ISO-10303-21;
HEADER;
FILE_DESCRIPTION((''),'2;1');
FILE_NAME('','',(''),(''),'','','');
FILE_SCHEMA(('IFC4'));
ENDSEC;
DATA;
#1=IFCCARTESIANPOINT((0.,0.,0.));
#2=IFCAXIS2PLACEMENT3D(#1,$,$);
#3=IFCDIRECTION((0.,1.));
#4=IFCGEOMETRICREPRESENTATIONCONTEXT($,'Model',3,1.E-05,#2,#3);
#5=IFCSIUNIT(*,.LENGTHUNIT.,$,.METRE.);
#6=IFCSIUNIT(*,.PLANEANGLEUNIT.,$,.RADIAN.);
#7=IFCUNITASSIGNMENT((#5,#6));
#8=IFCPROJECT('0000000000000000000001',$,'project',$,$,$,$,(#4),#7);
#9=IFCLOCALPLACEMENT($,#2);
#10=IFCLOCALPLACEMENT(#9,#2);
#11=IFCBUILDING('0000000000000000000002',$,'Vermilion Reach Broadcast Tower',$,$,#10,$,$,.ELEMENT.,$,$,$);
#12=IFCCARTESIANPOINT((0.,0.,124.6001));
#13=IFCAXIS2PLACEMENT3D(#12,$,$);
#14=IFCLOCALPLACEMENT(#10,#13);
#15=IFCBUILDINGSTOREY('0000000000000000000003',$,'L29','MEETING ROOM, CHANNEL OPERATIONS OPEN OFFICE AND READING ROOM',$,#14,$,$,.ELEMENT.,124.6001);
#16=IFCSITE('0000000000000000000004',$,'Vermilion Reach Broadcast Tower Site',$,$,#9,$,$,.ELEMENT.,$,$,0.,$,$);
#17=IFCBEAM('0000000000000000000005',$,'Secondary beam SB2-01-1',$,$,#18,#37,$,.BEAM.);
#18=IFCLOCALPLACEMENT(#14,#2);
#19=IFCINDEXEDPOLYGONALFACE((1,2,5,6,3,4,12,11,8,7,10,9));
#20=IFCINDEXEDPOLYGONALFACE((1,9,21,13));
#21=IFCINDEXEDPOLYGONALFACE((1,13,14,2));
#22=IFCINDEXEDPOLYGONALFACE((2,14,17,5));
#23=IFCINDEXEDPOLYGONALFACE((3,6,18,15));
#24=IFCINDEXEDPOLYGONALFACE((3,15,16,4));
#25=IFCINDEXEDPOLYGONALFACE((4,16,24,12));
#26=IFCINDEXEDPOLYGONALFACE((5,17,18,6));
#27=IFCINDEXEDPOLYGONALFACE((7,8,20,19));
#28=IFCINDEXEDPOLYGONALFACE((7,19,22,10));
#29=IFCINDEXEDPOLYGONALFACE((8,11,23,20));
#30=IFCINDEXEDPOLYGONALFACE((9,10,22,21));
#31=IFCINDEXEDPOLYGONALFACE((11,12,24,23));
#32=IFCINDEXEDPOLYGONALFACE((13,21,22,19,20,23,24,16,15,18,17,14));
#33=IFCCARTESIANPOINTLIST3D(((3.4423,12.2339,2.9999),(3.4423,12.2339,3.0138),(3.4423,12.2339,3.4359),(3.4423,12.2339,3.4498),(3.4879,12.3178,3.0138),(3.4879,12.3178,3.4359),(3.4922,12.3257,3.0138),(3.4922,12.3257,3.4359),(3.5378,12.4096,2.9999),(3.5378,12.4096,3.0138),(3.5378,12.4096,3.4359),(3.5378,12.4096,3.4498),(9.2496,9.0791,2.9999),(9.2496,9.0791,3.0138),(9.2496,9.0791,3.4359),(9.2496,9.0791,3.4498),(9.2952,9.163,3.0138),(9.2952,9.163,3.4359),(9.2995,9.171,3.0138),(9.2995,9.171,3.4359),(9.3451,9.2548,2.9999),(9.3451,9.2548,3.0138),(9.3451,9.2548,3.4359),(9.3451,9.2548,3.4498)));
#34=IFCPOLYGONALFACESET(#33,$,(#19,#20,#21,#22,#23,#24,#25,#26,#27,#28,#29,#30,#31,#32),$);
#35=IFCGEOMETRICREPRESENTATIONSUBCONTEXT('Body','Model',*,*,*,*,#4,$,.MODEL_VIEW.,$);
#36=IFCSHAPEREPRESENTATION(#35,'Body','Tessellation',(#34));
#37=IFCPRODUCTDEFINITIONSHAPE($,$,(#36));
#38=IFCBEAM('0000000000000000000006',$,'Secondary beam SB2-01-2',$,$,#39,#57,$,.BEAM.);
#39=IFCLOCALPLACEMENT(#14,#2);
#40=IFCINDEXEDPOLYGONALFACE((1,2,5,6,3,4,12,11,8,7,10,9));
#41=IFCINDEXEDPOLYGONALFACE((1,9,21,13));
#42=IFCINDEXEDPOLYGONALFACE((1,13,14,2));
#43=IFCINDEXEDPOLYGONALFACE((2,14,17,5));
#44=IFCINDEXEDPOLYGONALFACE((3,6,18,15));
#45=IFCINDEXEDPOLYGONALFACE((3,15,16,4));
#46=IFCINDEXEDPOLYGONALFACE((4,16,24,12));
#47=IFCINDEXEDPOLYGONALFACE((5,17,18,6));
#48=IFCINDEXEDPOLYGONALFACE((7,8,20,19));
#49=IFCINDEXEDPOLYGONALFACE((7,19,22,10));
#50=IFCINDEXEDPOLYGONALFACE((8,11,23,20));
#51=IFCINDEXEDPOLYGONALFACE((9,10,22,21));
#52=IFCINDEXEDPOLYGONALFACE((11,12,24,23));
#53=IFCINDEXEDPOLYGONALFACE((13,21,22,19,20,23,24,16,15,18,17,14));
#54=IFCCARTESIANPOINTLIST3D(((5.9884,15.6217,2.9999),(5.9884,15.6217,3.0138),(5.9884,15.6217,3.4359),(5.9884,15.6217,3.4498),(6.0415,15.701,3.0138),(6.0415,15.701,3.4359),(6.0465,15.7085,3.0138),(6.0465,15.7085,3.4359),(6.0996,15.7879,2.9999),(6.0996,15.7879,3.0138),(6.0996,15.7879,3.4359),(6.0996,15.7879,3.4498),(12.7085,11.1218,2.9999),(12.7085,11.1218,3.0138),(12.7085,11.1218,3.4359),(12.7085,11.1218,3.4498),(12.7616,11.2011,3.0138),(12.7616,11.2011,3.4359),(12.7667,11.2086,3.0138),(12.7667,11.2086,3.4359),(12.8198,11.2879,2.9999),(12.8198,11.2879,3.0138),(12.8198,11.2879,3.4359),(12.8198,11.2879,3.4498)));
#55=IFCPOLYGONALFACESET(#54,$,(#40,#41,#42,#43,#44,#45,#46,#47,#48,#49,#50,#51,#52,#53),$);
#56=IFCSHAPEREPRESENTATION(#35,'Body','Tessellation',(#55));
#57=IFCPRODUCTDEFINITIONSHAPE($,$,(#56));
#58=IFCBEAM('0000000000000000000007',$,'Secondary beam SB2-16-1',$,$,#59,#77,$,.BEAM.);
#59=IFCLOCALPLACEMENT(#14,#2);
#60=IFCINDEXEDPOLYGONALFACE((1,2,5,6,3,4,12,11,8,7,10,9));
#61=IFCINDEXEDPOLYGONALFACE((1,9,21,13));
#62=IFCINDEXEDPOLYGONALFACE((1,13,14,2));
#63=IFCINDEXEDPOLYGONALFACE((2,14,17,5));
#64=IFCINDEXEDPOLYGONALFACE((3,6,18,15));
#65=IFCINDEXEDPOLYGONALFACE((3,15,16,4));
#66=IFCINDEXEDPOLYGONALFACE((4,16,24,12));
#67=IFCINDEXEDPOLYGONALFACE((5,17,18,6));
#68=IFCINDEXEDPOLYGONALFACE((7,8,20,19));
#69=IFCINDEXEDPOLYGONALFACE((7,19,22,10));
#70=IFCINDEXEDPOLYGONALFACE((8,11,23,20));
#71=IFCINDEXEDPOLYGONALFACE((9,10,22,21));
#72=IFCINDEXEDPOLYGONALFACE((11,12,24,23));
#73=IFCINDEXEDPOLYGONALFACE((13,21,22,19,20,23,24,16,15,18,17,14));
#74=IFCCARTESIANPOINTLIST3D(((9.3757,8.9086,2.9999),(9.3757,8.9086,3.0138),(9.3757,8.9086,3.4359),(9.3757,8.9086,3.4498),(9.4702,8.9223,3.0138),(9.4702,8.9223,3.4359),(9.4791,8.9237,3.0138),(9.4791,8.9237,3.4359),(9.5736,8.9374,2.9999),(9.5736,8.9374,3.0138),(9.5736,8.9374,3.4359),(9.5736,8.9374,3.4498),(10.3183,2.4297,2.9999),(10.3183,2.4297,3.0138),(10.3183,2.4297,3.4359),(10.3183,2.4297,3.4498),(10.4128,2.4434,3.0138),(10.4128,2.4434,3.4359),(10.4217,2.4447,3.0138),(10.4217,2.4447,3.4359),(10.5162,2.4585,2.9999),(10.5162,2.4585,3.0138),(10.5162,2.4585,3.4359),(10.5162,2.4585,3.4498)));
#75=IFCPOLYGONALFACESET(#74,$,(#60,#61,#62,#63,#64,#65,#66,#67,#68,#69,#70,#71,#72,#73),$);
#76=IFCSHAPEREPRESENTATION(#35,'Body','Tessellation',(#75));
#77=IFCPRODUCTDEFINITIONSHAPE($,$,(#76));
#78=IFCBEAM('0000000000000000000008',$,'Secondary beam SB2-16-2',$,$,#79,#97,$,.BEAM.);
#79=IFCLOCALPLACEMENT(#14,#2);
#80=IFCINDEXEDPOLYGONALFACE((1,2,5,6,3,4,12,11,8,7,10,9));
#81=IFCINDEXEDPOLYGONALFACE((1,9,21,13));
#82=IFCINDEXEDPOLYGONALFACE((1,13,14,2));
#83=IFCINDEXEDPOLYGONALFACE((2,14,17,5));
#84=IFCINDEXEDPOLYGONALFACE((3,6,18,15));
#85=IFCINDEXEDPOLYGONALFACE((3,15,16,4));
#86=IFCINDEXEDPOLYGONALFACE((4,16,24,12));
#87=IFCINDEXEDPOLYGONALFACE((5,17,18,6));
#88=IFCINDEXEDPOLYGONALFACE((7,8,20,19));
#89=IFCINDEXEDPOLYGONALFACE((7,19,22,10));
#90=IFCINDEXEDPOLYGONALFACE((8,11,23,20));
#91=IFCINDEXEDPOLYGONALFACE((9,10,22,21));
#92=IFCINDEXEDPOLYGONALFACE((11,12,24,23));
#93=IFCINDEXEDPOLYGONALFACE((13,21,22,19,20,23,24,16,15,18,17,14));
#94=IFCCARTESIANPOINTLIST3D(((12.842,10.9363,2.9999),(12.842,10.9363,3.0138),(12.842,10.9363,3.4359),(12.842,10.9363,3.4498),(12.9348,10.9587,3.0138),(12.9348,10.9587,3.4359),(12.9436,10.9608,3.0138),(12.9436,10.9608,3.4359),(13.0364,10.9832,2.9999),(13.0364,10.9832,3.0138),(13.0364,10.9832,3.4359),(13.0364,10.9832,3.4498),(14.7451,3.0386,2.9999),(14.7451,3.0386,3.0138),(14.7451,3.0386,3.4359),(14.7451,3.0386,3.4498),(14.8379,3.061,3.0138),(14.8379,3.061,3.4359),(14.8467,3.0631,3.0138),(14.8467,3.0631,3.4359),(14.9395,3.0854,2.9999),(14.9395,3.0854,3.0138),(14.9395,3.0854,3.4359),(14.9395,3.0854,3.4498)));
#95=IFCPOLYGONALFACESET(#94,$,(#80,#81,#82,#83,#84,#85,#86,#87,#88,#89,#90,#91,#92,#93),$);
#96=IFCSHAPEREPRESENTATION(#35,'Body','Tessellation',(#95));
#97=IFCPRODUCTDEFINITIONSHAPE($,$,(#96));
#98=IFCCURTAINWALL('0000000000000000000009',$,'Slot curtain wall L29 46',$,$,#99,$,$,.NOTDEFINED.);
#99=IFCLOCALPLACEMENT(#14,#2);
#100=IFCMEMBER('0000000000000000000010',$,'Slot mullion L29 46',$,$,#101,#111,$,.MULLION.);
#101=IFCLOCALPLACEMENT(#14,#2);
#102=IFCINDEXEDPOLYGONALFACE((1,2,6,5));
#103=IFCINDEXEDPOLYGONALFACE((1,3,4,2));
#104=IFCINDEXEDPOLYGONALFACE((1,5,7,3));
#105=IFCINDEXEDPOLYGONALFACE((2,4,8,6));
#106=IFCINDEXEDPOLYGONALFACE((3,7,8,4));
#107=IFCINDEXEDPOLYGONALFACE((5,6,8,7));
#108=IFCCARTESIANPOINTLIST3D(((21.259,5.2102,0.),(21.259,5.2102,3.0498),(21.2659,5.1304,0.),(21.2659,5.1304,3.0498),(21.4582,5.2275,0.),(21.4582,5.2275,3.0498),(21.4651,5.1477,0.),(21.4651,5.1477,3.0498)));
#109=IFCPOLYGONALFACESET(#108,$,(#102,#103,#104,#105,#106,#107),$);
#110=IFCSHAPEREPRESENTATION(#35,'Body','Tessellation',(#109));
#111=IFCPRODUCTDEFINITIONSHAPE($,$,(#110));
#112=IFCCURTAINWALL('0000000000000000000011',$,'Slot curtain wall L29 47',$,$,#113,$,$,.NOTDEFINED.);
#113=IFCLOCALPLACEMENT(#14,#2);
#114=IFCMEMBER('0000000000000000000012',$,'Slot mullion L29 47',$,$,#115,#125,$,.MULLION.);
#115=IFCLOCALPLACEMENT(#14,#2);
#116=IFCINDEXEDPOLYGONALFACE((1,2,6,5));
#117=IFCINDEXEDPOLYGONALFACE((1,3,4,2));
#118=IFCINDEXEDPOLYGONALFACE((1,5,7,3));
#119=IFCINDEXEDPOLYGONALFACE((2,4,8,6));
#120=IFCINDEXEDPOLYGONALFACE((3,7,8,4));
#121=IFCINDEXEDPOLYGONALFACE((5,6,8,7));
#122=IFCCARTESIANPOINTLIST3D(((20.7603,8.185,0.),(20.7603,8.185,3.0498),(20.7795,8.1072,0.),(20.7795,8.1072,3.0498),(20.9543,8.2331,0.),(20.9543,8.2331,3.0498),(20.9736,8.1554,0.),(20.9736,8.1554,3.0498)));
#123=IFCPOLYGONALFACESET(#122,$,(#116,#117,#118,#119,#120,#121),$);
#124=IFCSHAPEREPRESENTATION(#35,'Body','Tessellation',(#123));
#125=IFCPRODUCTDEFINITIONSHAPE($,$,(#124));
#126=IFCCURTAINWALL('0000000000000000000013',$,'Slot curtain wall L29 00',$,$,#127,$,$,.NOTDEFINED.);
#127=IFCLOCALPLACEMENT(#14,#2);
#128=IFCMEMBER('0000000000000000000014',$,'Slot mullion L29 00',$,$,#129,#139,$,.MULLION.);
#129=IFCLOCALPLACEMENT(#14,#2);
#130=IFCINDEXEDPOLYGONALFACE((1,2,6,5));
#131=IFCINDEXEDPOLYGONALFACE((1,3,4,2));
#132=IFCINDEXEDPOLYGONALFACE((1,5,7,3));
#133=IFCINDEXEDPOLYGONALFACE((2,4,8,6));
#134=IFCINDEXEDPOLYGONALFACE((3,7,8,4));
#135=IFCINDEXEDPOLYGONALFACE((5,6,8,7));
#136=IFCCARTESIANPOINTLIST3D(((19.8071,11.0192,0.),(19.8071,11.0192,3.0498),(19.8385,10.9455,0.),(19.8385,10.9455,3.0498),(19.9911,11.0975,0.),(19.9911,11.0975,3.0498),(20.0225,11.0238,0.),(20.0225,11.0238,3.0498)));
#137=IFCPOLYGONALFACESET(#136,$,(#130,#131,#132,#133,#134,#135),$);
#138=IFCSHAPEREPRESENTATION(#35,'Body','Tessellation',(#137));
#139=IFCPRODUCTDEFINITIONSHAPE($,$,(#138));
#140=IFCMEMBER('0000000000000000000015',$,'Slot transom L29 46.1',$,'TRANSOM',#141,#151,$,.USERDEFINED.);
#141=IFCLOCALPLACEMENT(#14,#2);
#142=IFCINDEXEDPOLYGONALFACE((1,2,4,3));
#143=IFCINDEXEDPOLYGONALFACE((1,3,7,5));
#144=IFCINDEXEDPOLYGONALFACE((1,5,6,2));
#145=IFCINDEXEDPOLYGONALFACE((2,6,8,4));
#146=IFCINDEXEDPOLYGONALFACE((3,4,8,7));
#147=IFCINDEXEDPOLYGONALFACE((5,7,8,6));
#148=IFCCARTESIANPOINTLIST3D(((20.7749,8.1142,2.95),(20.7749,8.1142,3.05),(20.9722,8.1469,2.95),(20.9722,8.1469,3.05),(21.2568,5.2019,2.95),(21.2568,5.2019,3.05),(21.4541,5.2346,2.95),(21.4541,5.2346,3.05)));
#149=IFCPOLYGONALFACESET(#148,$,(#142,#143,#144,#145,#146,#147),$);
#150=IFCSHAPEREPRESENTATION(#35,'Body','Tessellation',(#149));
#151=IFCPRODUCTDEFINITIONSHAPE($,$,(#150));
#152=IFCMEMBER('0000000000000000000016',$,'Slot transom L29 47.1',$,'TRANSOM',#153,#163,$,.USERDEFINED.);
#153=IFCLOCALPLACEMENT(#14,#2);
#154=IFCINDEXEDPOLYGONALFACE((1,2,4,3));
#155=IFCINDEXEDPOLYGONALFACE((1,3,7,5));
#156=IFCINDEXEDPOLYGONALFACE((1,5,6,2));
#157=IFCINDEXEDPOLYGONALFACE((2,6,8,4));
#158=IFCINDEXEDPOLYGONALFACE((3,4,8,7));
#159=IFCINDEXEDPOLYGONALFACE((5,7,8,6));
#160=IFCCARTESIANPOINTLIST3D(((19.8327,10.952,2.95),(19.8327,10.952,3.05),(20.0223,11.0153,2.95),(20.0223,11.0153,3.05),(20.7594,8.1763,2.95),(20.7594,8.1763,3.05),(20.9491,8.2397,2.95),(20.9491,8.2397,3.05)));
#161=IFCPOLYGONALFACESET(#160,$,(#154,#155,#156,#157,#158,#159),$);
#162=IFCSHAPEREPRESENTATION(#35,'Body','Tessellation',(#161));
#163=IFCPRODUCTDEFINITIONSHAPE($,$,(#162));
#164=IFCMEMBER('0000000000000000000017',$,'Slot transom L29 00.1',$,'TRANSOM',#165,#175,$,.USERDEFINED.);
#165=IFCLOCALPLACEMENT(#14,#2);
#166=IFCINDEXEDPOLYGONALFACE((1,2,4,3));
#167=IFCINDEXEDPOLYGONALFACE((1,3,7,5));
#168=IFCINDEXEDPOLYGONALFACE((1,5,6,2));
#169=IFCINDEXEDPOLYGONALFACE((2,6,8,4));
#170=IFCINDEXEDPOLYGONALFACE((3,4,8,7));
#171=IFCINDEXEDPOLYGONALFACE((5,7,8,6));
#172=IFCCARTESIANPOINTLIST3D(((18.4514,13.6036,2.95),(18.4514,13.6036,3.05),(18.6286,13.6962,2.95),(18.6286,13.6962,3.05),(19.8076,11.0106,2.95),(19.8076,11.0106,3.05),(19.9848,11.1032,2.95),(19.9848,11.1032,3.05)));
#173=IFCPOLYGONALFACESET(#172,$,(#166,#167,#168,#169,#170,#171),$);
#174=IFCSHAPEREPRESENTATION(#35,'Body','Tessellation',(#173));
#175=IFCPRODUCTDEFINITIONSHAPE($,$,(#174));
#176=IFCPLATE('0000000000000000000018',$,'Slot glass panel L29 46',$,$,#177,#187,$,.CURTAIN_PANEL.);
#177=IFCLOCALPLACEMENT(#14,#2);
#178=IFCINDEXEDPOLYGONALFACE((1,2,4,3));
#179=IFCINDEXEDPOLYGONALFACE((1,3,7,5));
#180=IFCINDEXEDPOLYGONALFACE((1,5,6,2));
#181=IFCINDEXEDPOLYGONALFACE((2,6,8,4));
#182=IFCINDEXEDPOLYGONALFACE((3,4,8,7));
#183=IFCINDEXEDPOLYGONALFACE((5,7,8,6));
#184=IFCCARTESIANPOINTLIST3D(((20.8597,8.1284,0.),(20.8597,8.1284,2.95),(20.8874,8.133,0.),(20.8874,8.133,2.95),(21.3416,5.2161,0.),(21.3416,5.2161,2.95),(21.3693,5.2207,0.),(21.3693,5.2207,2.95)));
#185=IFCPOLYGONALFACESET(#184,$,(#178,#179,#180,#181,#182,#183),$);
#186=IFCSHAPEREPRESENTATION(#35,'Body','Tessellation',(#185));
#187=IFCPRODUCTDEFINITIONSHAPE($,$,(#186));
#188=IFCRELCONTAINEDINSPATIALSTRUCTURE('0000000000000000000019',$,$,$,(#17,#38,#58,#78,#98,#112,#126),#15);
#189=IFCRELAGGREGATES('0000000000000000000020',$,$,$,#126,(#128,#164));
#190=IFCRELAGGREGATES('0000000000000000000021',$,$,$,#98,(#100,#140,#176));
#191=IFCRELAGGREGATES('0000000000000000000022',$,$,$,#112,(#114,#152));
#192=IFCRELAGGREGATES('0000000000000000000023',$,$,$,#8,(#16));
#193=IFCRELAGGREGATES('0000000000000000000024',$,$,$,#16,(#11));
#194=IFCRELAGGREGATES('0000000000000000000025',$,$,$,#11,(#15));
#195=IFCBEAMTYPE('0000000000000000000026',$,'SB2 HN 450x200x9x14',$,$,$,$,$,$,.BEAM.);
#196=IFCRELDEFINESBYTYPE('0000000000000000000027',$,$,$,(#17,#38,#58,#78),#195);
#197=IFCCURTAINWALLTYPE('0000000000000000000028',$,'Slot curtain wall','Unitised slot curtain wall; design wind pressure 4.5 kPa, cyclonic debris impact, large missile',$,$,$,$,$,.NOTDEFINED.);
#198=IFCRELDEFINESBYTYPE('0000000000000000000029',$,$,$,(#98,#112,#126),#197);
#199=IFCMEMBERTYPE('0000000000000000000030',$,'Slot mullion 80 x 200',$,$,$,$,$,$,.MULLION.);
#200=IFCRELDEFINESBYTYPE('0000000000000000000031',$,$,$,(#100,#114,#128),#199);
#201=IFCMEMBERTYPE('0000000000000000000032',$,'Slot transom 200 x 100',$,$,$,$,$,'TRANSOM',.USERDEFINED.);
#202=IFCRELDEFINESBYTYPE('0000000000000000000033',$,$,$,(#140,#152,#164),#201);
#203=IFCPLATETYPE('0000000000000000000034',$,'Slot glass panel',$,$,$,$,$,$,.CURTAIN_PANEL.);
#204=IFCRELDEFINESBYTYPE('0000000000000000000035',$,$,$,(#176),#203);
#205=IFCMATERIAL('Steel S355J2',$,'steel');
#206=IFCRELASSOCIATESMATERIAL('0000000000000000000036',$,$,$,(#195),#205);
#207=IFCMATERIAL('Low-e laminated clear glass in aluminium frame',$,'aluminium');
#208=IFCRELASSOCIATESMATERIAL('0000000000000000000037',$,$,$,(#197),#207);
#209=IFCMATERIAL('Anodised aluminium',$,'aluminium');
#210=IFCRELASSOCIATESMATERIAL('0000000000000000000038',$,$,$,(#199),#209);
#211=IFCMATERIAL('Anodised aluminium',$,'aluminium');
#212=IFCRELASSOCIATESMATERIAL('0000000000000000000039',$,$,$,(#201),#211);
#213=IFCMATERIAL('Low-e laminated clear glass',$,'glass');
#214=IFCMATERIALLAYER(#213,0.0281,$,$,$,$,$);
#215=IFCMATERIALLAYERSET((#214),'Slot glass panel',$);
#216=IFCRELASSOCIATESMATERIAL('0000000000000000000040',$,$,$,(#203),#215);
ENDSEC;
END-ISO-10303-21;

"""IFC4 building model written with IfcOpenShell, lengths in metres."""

from ifc_helpers import new_model, si_unit, direction, frame, origin, origin_2d, place, context, subcontext, project, spatial, rectangle, i_section, extrude, material, layer, layer_set, material_profile, profile_set, type_object, element, aggregate, save


model = new_model("IFC4")

# Units and contexts
model_context = context("Model", 3, precision=1e-05, world=origin(), true_north=direction((0.0, 1.0)))
body_context = subcontext(model_context, "Body", "Model", "MODEL_VIEW")
ifc_project = project(units=[si_unit("LENGTHUNIT", "METRE"), si_unit("PLANEANGLEUNIT", "RADIAN")], contexts=[model_context])

# Site, building, storey
site_placement = place(None, origin())
site = spatial("IfcSite", under=ifc_project, at=site_placement, Name="Vermilion Reach Broadcast Tower Site", CompositionType="ELEMENT", RefElevation=0.0)
building_placement = place(site_placement, origin())
building = spatial("IfcBuilding", under=site, at=building_placement, Name="Vermilion Reach Broadcast Tower", CompositionType="ELEMENT")
storey_placement = place(building_placement, frame((0.0, 0.0, 124.6001)))
storey = spatial("IfcBuildingStorey", under=building, at=storey_placement, Name="L29", Description="MEETING ROOM, CHANNEL OPERATIONS OPEN OFFICE AND READING ROOM", CompositionType="ELEMENT", Elevation=124.6001)

# Beams
ifc_material_1 = material(Name="Steel S355J2", Category="steel")
ifc_material_profile_1 = material_profile(ifc_material_1, i_section(OverallWidth=0.2, OverallDepth=0.45, WebThickness=0.009, FlangeThickness=0.0139, at=origin_2d()), Name="S355J2 HN 450x200x9x14")
ifc_profile_set_1 = profile_set([ifc_material_profile_1], Name="Steel S355J2")
beam_type_1 = type_object("IfcBeamType", Name="SB2 HN 450x200x9x14", PredefinedType="BEAM", material=ifc_profile_set_1)
beam_1_placement = place(storey_placement, frame((9.2974, 9.167, 3.2249), z_axis=(-0.878713, 0.47735, 0.0), x_axis=(-0.47735, -0.878713, 0.0)))
element("IfcBeam", 1, at=beam_1_placement, inside=storey, type_object=beam_type_1, Name="Secondary beam SB2-01-1", PredefinedType="BEAM", context=body_context, shape_type="SweptSolid", body=[
    extrude(i_section(OverallWidth=0.2, OverallDepth=0.45, WebThickness=0.009, FlangeThickness=0.0139, at=origin_2d()), origin(), (0.0, 0.0, 1.0), 6.6089),
])
beam_2_placement = place(storey_placement, frame((12.7642, 11.2048, 3.2249), z_axis=(-0.830915, 0.556399, 0.0), x_axis=(-0.556399, -0.830915, 0.0)))
element("IfcBeam", 2, at=beam_2_placement, inside=storey, type_object=beam_type_1, Name="Secondary beam SB2-01-2", PredefinedType="BEAM", context=body_context, shape_type="SweptSolid", body=[
    extrude(i_section(OverallWidth=0.2, OverallDepth=0.45, WebThickness=0.009, FlangeThickness=0.0139, at=origin_2d()), origin(), (0.0, 0.0, 1.0), 8.0876),
])
beam_3_placement = place(storey_placement, frame((10.4172, 2.4441, 3.2249), z_axis=(-0.143974, 0.989582, 0.0), x_axis=(-0.989582, -0.143974, 0.0)))
element("IfcBeam", 3, at=beam_3_placement, inside=storey, type_object=beam_type_1, Name="Secondary beam SB2-16-1", PredefinedType="BEAM", context=body_context, shape_type="SweptSolid", body=[
    extrude(i_section(OverallWidth=0.2, OverallDepth=0.45, WebThickness=0.009, FlangeThickness=0.0139, at=origin_2d()), origin(), (0.0, 0.0, 1.0), 6.5471),
])
beam_4_placement = place(storey_placement, frame((14.8423, 3.062, 3.2249), z_axis=(-0.234261, 0.972174, 0.0), x_axis=(-0.972174, -0.234261, 0.0)))
element("IfcBeam", 4, at=beam_4_placement, inside=storey, type_object=beam_type_1, Name="Secondary beam SB2-16-2", PredefinedType="BEAM", context=body_context, shape_type="SweptSolid", body=[
    extrude(i_section(OverallWidth=0.2, OverallDepth=0.45, WebThickness=0.009, FlangeThickness=0.0139, at=origin_2d()), origin(), (0.0, 0.0, 1.0), 8.1238),
])

# Curtain walls, members
ifc_material_2 = material(Name="Low-e laminated clear glass in aluminium frame", Category="aluminium")
curtain_wall_type = type_object("IfcCurtainWallType", Name="Slot curtain wall", Description="Unitised slot curtain wall; design wind pressure 4.5 kPa, cyclonic debris impact, large missile", PredefinedType="NOTDEFINED", material=ifc_material_2)
placement = place(storey_placement, origin())
curtain_wall_1 = element("IfcCurtainWall", 5, at=placement, inside=storey, type_object=curtain_wall_type, Name="Slot curtain wall L29 46", PredefinedType="NOTDEFINED")
ifc_material_3 = material(Name="Anodised aluminium", Category="aluminium")
ifc_material_profile_2 = material_profile(ifc_material_3, rectangle(XDim=0.2, YDim=0.0801, at=origin_2d()), Name="Slot mullion 80 x 200")
ifc_profile_set_2 = profile_set([ifc_material_profile_2], Name="Anodised aluminium")
member_type_1 = type_object("IfcMemberType", Name="Slot mullion 80 x 200", PredefinedType="MULLION", material=ifc_profile_set_2)
member_1_placement = place(storey_placement, frame((21.3621, 5.179, 0.0), z_axis=(0.0, 0.0, 1.0), x_axis=(-0.996245, -0.086575, 0.0)))
member_1 = element("IfcMember", 6, at=member_1_placement, type_object=member_type_1, Name="Slot mullion L29 46", PredefinedType="MULLION", context=body_context, shape_type="SweptSolid", body=[
    extrude(rectangle(XDim=0.2, YDim=0.0801, at=origin_2d()), origin(), (0.0, 0.0, 1.0), 3.0498),
])
curtain_wall_2 = element("IfcCurtainWall", 7, at=placement, inside=storey, type_object=curtain_wall_type, Name="Slot curtain wall L29 47", PredefinedType="NOTDEFINED")
member_2_placement = place(storey_placement, frame((20.8669, 8.1702, 0.0), z_axis=(0.0, 0.0, 1.0), x_axis=(-0.970586, -0.240755, 0.0)))
member_2 = element("IfcMember", 8, at=member_2_placement, type_object=member_type_1, Name="Slot mullion L29 47", PredefinedType="MULLION", context=body_context, shape_type="SweptSolid", body=[
    extrude(rectangle(XDim=0.2, YDim=0.0801, at=origin_2d()), origin(), (0.0, 0.0, 1.0), 3.0498),
])
curtain_wall_3 = element("IfcCurtainWall", 9, at=placement, inside=storey, type_object=curtain_wall_type, Name="Slot curtain wall L29 00", PredefinedType="NOTDEFINED")
member_3_placement = place(storey_placement, frame((19.9148, 11.0215, 0.0), z_axis=(0.0, 0.0, 1.0), x_axis=(-0.920232, -0.391374, 0.0)))
member_3 = element("IfcMember", 10, at=member_3_placement, type_object=member_type_1, Name="Slot mullion L29 00", PredefinedType="MULLION", context=body_context, shape_type="SweptSolid", body=[
    extrude(rectangle(XDim=0.2, YDim=0.0801, at=origin_2d()), origin(), (0.0, 0.0, 1.0), 3.0498),
])

# Members
ifc_material_4 = material(Name="Anodised aluminium", Category="aluminium")
ifc_material_profile_3 = material_profile(ifc_material_4, rectangle(XDim=0.2, YDim=0.1001, at=origin_2d()), Name="Slot transom 200 x 100")
ifc_profile_set_3 = profile_set([ifc_material_profile_3], Name="Anodised aluminium")
member_type_2 = type_object("IfcMemberType", Name="Slot transom 200 x 100", ElementType="TRANSOM", PredefinedType="USERDEFINED", material=ifc_profile_set_3)
member_4_placement = place(storey_placement, frame((21.3555, 5.2183, 3.0), z_axis=(-0.163259, 0.986583, 0.0), x_axis=(-0.986583, -0.163259, 0.0)))
member_4 = element("IfcMember", 11, at=member_4_placement, type_object=member_type_2, Name="Slot transom L29 46.1", ObjectType="TRANSOM", PredefinedType="USERDEFINED", context=body_context, shape_type="SweptSolid", body=[
    extrude(rectangle(XDim=0.2, YDim=0.1001, at=origin_2d()), origin(), (0.0, 0.0, 1.0), 2.9519),
])
member_5_placement = place(storey_placement, frame((20.8542, 8.208, 3.0), z_axis=(-0.316703, 0.948525, 0.0), x_axis=(-0.948525, -0.316703, 0.0)))
member_5 = element("IfcMember", 12, at=member_5_placement, type_object=member_type_2, Name="Slot transom L29 47.1", ObjectType="TRANSOM", PredefinedType="USERDEFINED", context=body_context, shape_type="SweptSolid", body=[
    extrude(rectangle(XDim=0.2, YDim=0.1001, at=origin_2d()), origin(), (0.0, 0.0, 1.0), 2.9263),
])
member_6_placement = place(storey_placement, frame((19.8962, 11.0569, 3.0), z_axis=(-0.463458, 0.886119, 0.0), x_axis=(-0.886119, -0.463458, 0.0)))
member_6 = element("IfcMember", 13, at=member_6_placement, type_object=member_type_2, Name="Slot transom L29 00.1", ObjectType="TRANSOM", PredefinedType="USERDEFINED", context=body_context, shape_type="SweptSolid", body=[
    extrude(rectangle(XDim=0.2, YDim=0.1001, at=origin_2d()), origin(), (0.0, 0.0, 1.0), 2.9263),
])
aggregate(curtain_wall_3, [member_3, member_6])

# Plate
ifc_material_5 = material(Name="Low-e laminated clear glass", Category="glass")
ifc_layer_1 = layer(ifc_material_5, 0.0281)
ifc_layer_set_1 = layer_set([ifc_layer_1], Name="Slot glass panel")
plate_type = type_object("IfcPlateType", Name="Slot glass panel", PredefinedType="CURTAIN_PANEL", material=ifc_layer_set_1)
plate_1_placement = place(storey_placement, frame((21.1145, 6.6746, 0.0), z_axis=(0.0, 0.0, 1.0), x_axis=(-0.163248, 0.986585, 0.0)))
plate_1 = element("IfcPlate", 14, at=plate_1_placement, type_object=plate_type, Name="Slot glass panel L29 46", PredefinedType="CURTAIN_PANEL", context=body_context, shape_type="SweptSolid", body=[
    extrude(rectangle(XDim=2.9519, YDim=0.0281, at=origin_2d()), origin(), (0.0, 0.0, 1.0), 2.95),
])
aggregate(curtain_wall_1, [member_1, member_4, plate_1])
aggregate(curtain_wall_2, [member_2, member_5])

save(model, "model.ifc")
